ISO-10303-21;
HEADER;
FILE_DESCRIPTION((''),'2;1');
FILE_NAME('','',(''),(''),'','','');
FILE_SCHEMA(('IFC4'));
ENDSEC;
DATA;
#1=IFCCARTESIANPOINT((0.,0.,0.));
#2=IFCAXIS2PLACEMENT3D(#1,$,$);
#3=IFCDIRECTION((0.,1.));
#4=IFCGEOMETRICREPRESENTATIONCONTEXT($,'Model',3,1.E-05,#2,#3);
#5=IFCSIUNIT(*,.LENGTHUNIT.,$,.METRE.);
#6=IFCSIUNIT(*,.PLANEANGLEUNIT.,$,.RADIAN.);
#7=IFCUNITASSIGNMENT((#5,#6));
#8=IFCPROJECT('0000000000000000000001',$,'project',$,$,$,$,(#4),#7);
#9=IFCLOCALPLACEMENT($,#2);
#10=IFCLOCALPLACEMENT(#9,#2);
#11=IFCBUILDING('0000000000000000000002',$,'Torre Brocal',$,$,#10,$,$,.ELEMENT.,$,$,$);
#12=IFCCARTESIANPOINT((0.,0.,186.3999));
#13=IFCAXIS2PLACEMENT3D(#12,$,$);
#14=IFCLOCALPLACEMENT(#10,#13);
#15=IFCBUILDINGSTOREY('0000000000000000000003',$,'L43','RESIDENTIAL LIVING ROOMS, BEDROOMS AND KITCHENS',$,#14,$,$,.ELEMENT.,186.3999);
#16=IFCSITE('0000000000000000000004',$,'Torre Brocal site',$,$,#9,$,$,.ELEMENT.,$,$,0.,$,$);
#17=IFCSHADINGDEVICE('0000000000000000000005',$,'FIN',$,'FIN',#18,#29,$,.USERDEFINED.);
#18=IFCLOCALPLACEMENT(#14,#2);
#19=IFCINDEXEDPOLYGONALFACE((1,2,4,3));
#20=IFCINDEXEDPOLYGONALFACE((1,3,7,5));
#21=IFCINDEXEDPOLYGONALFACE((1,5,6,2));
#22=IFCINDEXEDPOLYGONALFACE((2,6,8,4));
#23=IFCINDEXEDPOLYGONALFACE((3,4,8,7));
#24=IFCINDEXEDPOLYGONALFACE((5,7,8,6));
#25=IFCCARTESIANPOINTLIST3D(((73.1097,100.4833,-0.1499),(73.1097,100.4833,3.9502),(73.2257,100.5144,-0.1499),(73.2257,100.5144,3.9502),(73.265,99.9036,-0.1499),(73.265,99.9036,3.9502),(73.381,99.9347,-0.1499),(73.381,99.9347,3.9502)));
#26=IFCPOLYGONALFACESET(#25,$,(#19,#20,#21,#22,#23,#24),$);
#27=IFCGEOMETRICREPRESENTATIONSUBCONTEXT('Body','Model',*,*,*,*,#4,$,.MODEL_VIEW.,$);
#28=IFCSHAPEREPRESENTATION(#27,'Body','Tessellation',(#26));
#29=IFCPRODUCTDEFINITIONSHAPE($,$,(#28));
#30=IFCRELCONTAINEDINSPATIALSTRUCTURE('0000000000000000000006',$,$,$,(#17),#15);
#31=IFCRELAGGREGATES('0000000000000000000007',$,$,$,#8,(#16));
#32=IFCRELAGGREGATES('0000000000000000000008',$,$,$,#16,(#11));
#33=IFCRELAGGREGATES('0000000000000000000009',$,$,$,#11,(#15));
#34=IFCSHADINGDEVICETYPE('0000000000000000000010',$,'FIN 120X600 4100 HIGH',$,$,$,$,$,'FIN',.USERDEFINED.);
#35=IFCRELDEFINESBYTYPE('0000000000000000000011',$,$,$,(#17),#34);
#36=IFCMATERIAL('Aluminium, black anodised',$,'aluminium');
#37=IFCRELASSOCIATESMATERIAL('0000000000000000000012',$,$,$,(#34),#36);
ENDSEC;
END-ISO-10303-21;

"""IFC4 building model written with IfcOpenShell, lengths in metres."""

from ifc_helpers import new_model, si_unit, direction, frame, origin, origin_2d, place, context, subcontext, project, spatial, rectangle, extrude, material, material_profile, profile_set, type_object, element, save


model = new_model("IFC4")

# Units and contexts
model_context = context("Model", 3, precision=1e-05, world=origin(), true_north=direction((0.0, 1.0)))
body_context = subcontext(model_context, "Body", "Model", "MODEL_VIEW")
ifc_project = project(units=[si_unit("LENGTHUNIT", "METRE"), si_unit("PLANEANGLEUNIT", "RADIAN")], contexts=[model_context])

# Site, building, storey
site_placement = place(None, origin())
site = spatial("IfcSite", under=ifc_project, at=site_placement, Name="Torre Brocal site", CompositionType="ELEMENT", RefElevation=0.0)
building_placement = place(site_placement, origin())
building = spatial("IfcBuilding", under=site, at=building_placement, Name="Torre Brocal", CompositionType="ELEMENT")
storey_placement = place(building_placement, frame((0.0, 0.0, 186.3999)))
storey = spatial("IfcBuildingStorey", under=building, at=storey_placement, Name="L43", Description="RESIDENTIAL LIVING ROOMS, BEDROOMS AND KITCHENS", CompositionType="ELEMENT", Elevation=186.3999)

# Shading device
ifc_material_1 = material(Name="Aluminium, black anodised", Category="aluminium")
ifc_material_profile_1 = material_profile(ifc_material_1, rectangle(XDim=0.1201, YDim=0.6001, at=origin_2d()), Name="FIN 120X600 4100 HIGH")
ifc_profile_set_1 = profile_set([ifc_material_profile_1], Name="Aluminium, black anodised")
shading_device_type = type_object("IfcShadingDeviceType", Name="FIN 120X600 4100 HIGH", ElementType="FIN", PredefinedType="USERDEFINED", material=ifc_profile_set_1)
shading_device_placement = place(storey_placement, frame((73.2454, 100.209, -0.1499), z_axis=(0.0, 0.0, 1.0), x_axis=(-0.965926, -0.258819, 0.0)))
element("IfcShadingDevice", 1, at=shading_device_placement, inside=storey, type_object=shading_device_type, Name="FIN", ObjectType="FIN", PredefinedType="USERDEFINED", context=body_context, shape_type="SweptSolid", body=[
    extrude(rectangle(XDim=0.1201, YDim=0.6001, at=origin_2d()), origin(), (0.0, 0.0, 1.0), 4.1001),
])

save(model, "model.ifc")
